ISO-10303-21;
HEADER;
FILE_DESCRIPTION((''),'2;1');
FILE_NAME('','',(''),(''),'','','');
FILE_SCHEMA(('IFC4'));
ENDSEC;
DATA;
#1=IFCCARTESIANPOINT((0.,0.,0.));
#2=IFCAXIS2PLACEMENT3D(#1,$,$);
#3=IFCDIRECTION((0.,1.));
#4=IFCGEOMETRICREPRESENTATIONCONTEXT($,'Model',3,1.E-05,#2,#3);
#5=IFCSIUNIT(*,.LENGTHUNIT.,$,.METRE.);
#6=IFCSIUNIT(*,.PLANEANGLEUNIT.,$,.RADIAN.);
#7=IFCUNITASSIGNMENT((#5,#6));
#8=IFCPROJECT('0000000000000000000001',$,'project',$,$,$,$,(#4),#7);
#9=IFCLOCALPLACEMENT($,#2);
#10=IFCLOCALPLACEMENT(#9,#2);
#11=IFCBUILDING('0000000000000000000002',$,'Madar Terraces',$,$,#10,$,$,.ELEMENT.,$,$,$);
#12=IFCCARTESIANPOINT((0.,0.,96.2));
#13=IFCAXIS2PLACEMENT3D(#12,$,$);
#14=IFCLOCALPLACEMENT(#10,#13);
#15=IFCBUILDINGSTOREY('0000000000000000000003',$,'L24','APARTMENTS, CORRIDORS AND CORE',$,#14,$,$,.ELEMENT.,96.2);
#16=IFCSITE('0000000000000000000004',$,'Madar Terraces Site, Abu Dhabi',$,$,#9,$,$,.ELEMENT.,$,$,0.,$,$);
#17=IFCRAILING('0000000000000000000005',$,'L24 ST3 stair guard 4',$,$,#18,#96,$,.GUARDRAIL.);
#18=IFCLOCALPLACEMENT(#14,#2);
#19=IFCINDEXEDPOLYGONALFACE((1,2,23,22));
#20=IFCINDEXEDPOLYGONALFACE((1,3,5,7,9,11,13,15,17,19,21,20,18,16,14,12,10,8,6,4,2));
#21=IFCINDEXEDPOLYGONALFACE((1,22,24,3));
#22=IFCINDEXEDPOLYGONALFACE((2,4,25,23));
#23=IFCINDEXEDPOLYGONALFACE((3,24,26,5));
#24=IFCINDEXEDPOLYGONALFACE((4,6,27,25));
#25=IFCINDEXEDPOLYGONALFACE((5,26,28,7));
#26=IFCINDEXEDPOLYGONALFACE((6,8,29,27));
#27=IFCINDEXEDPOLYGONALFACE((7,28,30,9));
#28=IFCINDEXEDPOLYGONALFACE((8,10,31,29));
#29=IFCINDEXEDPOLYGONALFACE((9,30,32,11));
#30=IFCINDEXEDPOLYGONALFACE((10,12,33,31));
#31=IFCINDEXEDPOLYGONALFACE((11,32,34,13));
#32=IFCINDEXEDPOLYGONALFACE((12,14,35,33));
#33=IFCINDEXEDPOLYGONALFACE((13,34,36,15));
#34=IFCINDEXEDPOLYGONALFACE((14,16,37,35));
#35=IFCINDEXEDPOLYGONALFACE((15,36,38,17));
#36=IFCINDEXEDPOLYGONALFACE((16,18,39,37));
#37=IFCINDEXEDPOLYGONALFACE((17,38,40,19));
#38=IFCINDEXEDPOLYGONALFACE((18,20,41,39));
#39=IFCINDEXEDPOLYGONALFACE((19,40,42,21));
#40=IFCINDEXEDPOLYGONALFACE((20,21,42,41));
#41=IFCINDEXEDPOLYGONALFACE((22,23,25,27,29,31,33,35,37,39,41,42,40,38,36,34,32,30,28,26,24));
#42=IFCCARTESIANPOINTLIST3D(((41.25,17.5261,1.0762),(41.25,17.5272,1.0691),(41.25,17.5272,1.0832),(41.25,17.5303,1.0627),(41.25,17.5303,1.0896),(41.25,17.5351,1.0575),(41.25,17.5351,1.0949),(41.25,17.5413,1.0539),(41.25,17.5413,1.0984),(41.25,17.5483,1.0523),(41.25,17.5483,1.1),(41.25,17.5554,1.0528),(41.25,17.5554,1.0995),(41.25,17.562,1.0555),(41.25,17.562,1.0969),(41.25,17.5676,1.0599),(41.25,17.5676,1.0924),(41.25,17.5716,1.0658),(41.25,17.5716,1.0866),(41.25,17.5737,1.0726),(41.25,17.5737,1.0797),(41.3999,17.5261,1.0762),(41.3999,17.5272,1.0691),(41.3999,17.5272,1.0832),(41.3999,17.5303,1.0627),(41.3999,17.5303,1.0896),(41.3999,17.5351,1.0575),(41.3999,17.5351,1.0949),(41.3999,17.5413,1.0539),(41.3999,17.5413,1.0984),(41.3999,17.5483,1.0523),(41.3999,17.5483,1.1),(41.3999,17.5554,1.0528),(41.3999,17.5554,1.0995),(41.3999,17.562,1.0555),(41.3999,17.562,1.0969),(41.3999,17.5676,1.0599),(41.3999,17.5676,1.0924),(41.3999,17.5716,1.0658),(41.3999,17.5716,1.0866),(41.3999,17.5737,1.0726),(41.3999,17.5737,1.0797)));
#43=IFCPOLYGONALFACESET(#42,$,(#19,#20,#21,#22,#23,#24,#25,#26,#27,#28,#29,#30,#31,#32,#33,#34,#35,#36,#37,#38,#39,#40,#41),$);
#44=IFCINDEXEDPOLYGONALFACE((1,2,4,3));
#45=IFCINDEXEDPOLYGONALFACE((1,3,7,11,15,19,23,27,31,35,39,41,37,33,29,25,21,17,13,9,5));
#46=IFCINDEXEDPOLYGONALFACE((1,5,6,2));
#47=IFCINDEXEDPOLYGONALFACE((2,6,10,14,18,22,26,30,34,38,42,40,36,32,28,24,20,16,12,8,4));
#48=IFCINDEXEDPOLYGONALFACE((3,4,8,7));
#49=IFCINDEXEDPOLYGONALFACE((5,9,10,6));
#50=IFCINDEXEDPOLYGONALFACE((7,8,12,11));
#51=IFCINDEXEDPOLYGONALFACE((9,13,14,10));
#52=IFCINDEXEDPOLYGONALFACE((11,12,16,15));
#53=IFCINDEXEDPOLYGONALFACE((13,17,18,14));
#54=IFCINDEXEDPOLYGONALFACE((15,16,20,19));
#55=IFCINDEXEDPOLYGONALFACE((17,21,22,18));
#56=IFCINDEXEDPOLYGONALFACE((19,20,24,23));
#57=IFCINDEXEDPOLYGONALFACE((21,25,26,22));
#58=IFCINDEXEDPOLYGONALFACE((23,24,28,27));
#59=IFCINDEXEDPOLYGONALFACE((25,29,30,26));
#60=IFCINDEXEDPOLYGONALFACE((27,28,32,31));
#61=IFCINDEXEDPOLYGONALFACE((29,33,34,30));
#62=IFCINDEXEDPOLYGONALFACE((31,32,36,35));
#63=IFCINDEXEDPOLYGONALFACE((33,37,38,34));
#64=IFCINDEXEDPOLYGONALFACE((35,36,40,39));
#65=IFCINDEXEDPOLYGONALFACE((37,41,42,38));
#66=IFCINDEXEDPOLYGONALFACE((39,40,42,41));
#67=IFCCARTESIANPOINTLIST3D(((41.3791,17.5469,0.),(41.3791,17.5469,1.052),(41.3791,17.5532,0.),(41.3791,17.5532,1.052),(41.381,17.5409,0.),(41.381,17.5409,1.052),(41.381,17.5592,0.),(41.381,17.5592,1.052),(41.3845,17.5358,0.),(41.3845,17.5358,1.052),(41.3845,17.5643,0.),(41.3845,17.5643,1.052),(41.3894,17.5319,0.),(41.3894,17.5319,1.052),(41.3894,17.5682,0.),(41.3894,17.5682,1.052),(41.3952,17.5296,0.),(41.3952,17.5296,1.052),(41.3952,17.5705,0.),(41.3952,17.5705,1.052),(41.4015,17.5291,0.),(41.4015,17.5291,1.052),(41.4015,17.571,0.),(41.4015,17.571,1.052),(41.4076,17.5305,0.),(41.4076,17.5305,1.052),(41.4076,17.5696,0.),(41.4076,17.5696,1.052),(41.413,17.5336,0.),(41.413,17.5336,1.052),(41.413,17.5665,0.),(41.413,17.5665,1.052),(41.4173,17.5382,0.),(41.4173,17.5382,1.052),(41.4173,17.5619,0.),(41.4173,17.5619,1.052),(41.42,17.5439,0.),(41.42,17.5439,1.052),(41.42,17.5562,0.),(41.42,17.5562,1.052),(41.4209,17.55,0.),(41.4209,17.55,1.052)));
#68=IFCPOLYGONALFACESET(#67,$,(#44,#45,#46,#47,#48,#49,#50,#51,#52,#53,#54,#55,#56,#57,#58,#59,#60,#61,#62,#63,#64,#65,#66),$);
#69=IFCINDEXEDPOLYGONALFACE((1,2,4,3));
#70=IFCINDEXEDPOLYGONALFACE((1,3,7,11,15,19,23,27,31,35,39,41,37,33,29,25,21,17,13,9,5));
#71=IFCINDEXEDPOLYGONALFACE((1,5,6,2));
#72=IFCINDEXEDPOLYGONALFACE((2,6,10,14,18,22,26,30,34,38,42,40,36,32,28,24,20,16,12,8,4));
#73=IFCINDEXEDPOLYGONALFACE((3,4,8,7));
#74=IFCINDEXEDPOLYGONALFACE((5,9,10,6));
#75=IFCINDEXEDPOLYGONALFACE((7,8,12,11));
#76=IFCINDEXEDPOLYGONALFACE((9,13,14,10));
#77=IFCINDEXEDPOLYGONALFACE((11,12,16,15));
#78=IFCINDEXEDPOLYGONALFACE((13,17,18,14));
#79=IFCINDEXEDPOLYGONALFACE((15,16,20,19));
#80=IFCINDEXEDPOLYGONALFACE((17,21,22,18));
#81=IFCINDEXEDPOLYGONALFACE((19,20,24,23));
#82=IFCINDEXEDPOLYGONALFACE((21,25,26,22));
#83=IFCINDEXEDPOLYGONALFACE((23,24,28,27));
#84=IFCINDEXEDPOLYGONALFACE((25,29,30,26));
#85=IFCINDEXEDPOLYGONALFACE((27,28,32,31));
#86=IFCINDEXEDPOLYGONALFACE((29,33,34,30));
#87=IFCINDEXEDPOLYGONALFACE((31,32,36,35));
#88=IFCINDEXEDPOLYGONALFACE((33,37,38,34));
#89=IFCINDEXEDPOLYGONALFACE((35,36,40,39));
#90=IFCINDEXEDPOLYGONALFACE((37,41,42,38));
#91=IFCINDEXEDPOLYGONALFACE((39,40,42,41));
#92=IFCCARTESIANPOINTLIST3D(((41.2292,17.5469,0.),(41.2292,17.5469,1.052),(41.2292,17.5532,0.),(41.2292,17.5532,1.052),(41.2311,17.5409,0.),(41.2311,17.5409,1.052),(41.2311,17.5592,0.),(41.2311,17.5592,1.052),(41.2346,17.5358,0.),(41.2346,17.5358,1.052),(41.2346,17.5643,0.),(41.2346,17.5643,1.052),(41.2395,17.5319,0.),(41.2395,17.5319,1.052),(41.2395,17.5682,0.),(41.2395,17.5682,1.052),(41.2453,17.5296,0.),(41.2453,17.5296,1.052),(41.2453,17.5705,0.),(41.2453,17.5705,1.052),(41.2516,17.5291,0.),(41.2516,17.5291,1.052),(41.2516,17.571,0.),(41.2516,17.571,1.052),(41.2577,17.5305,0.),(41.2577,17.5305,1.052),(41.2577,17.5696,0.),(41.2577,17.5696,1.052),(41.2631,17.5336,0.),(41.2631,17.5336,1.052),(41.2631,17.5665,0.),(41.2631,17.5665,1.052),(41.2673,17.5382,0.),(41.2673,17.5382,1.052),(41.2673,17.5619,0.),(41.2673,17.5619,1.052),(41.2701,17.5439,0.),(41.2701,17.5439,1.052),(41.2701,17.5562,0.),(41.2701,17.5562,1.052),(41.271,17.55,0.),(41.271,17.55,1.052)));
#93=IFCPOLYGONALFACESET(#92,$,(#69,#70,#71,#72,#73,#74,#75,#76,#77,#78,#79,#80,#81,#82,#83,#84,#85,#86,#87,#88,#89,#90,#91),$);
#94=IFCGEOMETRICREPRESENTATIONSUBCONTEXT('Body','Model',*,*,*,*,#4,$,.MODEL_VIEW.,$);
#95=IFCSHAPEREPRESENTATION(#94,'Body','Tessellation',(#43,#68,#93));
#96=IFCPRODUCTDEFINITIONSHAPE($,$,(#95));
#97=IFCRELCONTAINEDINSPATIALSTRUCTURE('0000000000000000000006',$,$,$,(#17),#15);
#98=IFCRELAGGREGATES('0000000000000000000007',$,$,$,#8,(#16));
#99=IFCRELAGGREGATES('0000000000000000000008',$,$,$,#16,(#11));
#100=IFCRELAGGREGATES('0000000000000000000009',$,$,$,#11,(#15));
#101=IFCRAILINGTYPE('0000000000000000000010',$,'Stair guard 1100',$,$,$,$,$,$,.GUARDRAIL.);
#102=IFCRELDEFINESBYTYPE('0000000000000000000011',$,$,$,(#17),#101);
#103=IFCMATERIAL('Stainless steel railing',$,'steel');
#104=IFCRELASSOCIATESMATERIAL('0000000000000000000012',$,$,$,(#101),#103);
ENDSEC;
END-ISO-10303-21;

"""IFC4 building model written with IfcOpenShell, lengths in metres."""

from ifc_helpers import new_model, si_unit, direction, frame, origin, origin_2d, place, context, subcontext, project, spatial, circle, extrude, material, type_object, element, save


model = new_model("IFC4")

# Units and contexts
model_context = context("Model", 3, precision=1e-05, world=origin(), true_north=direction((0.0, 1.0)))
body_context = subcontext(model_context, "Body", "Model", "MODEL_VIEW")
ifc_project = project(units=[si_unit("LENGTHUNIT", "METRE"), si_unit("PLANEANGLEUNIT", "RADIAN")], contexts=[model_context])

# Site, building, storey
site_placement = place(None, origin())
site = spatial("IfcSite", under=ifc_project, at=site_placement, Name="Madar Terraces Site, Abu Dhabi", CompositionType="ELEMENT", RefElevation=0.0)
building_placement = place(site_placement, origin())
building = spatial("IfcBuilding", under=site, at=building_placement, Name="Madar Terraces", CompositionType="ELEMENT")
storey_placement = place(building_placement, frame((0.0, 0.0, 96.2)))
storey = spatial("IfcBuildingStorey", under=building, at=storey_placement, Name="L24", Description="APARTMENTS, CORRIDORS AND CORE", CompositionType="ELEMENT", Elevation=96.2)

# Railing
ifc_material_1 = material(Name="Stainless steel railing", Category="steel")
railing_type_1 = type_object("IfcRailingType", Name="Stair guard 1100", PredefinedType="GUARDRAIL", material=ifc_material_1)
railing_1_placement = place(storey_placement, frame((41.3999, 17.55, 0.0)))
element("IfcRailing", 1, at=railing_1_placement, inside=storey, type_object=railing_type_1, Name="L24 ST3 stair guard 4", PredefinedType="GUARDRAIL", context=body_context, shape_type="SweptSolid", body=[
    extrude(circle(Radius=0.0239, at=origin_2d()), frame((0.0, 0.0, 1.0762), z_axis=(-1.0, 0.0, 0.0), x_axis=(0.0, -1.0, 0.0)), (0.0, 0.0, 1.0), 0.1499),
    extrude(circle(Radius=0.021, at=origin_2d()), origin(), (0.0, 0.0, 1.0), 1.052),
    extrude(circle(Radius=0.021, at=origin_2d()), frame((-0.1499, 0.0, 0.0)), (0.0, 0.0, 1.0), 1.052),
])

save(model, "model.ifc")
